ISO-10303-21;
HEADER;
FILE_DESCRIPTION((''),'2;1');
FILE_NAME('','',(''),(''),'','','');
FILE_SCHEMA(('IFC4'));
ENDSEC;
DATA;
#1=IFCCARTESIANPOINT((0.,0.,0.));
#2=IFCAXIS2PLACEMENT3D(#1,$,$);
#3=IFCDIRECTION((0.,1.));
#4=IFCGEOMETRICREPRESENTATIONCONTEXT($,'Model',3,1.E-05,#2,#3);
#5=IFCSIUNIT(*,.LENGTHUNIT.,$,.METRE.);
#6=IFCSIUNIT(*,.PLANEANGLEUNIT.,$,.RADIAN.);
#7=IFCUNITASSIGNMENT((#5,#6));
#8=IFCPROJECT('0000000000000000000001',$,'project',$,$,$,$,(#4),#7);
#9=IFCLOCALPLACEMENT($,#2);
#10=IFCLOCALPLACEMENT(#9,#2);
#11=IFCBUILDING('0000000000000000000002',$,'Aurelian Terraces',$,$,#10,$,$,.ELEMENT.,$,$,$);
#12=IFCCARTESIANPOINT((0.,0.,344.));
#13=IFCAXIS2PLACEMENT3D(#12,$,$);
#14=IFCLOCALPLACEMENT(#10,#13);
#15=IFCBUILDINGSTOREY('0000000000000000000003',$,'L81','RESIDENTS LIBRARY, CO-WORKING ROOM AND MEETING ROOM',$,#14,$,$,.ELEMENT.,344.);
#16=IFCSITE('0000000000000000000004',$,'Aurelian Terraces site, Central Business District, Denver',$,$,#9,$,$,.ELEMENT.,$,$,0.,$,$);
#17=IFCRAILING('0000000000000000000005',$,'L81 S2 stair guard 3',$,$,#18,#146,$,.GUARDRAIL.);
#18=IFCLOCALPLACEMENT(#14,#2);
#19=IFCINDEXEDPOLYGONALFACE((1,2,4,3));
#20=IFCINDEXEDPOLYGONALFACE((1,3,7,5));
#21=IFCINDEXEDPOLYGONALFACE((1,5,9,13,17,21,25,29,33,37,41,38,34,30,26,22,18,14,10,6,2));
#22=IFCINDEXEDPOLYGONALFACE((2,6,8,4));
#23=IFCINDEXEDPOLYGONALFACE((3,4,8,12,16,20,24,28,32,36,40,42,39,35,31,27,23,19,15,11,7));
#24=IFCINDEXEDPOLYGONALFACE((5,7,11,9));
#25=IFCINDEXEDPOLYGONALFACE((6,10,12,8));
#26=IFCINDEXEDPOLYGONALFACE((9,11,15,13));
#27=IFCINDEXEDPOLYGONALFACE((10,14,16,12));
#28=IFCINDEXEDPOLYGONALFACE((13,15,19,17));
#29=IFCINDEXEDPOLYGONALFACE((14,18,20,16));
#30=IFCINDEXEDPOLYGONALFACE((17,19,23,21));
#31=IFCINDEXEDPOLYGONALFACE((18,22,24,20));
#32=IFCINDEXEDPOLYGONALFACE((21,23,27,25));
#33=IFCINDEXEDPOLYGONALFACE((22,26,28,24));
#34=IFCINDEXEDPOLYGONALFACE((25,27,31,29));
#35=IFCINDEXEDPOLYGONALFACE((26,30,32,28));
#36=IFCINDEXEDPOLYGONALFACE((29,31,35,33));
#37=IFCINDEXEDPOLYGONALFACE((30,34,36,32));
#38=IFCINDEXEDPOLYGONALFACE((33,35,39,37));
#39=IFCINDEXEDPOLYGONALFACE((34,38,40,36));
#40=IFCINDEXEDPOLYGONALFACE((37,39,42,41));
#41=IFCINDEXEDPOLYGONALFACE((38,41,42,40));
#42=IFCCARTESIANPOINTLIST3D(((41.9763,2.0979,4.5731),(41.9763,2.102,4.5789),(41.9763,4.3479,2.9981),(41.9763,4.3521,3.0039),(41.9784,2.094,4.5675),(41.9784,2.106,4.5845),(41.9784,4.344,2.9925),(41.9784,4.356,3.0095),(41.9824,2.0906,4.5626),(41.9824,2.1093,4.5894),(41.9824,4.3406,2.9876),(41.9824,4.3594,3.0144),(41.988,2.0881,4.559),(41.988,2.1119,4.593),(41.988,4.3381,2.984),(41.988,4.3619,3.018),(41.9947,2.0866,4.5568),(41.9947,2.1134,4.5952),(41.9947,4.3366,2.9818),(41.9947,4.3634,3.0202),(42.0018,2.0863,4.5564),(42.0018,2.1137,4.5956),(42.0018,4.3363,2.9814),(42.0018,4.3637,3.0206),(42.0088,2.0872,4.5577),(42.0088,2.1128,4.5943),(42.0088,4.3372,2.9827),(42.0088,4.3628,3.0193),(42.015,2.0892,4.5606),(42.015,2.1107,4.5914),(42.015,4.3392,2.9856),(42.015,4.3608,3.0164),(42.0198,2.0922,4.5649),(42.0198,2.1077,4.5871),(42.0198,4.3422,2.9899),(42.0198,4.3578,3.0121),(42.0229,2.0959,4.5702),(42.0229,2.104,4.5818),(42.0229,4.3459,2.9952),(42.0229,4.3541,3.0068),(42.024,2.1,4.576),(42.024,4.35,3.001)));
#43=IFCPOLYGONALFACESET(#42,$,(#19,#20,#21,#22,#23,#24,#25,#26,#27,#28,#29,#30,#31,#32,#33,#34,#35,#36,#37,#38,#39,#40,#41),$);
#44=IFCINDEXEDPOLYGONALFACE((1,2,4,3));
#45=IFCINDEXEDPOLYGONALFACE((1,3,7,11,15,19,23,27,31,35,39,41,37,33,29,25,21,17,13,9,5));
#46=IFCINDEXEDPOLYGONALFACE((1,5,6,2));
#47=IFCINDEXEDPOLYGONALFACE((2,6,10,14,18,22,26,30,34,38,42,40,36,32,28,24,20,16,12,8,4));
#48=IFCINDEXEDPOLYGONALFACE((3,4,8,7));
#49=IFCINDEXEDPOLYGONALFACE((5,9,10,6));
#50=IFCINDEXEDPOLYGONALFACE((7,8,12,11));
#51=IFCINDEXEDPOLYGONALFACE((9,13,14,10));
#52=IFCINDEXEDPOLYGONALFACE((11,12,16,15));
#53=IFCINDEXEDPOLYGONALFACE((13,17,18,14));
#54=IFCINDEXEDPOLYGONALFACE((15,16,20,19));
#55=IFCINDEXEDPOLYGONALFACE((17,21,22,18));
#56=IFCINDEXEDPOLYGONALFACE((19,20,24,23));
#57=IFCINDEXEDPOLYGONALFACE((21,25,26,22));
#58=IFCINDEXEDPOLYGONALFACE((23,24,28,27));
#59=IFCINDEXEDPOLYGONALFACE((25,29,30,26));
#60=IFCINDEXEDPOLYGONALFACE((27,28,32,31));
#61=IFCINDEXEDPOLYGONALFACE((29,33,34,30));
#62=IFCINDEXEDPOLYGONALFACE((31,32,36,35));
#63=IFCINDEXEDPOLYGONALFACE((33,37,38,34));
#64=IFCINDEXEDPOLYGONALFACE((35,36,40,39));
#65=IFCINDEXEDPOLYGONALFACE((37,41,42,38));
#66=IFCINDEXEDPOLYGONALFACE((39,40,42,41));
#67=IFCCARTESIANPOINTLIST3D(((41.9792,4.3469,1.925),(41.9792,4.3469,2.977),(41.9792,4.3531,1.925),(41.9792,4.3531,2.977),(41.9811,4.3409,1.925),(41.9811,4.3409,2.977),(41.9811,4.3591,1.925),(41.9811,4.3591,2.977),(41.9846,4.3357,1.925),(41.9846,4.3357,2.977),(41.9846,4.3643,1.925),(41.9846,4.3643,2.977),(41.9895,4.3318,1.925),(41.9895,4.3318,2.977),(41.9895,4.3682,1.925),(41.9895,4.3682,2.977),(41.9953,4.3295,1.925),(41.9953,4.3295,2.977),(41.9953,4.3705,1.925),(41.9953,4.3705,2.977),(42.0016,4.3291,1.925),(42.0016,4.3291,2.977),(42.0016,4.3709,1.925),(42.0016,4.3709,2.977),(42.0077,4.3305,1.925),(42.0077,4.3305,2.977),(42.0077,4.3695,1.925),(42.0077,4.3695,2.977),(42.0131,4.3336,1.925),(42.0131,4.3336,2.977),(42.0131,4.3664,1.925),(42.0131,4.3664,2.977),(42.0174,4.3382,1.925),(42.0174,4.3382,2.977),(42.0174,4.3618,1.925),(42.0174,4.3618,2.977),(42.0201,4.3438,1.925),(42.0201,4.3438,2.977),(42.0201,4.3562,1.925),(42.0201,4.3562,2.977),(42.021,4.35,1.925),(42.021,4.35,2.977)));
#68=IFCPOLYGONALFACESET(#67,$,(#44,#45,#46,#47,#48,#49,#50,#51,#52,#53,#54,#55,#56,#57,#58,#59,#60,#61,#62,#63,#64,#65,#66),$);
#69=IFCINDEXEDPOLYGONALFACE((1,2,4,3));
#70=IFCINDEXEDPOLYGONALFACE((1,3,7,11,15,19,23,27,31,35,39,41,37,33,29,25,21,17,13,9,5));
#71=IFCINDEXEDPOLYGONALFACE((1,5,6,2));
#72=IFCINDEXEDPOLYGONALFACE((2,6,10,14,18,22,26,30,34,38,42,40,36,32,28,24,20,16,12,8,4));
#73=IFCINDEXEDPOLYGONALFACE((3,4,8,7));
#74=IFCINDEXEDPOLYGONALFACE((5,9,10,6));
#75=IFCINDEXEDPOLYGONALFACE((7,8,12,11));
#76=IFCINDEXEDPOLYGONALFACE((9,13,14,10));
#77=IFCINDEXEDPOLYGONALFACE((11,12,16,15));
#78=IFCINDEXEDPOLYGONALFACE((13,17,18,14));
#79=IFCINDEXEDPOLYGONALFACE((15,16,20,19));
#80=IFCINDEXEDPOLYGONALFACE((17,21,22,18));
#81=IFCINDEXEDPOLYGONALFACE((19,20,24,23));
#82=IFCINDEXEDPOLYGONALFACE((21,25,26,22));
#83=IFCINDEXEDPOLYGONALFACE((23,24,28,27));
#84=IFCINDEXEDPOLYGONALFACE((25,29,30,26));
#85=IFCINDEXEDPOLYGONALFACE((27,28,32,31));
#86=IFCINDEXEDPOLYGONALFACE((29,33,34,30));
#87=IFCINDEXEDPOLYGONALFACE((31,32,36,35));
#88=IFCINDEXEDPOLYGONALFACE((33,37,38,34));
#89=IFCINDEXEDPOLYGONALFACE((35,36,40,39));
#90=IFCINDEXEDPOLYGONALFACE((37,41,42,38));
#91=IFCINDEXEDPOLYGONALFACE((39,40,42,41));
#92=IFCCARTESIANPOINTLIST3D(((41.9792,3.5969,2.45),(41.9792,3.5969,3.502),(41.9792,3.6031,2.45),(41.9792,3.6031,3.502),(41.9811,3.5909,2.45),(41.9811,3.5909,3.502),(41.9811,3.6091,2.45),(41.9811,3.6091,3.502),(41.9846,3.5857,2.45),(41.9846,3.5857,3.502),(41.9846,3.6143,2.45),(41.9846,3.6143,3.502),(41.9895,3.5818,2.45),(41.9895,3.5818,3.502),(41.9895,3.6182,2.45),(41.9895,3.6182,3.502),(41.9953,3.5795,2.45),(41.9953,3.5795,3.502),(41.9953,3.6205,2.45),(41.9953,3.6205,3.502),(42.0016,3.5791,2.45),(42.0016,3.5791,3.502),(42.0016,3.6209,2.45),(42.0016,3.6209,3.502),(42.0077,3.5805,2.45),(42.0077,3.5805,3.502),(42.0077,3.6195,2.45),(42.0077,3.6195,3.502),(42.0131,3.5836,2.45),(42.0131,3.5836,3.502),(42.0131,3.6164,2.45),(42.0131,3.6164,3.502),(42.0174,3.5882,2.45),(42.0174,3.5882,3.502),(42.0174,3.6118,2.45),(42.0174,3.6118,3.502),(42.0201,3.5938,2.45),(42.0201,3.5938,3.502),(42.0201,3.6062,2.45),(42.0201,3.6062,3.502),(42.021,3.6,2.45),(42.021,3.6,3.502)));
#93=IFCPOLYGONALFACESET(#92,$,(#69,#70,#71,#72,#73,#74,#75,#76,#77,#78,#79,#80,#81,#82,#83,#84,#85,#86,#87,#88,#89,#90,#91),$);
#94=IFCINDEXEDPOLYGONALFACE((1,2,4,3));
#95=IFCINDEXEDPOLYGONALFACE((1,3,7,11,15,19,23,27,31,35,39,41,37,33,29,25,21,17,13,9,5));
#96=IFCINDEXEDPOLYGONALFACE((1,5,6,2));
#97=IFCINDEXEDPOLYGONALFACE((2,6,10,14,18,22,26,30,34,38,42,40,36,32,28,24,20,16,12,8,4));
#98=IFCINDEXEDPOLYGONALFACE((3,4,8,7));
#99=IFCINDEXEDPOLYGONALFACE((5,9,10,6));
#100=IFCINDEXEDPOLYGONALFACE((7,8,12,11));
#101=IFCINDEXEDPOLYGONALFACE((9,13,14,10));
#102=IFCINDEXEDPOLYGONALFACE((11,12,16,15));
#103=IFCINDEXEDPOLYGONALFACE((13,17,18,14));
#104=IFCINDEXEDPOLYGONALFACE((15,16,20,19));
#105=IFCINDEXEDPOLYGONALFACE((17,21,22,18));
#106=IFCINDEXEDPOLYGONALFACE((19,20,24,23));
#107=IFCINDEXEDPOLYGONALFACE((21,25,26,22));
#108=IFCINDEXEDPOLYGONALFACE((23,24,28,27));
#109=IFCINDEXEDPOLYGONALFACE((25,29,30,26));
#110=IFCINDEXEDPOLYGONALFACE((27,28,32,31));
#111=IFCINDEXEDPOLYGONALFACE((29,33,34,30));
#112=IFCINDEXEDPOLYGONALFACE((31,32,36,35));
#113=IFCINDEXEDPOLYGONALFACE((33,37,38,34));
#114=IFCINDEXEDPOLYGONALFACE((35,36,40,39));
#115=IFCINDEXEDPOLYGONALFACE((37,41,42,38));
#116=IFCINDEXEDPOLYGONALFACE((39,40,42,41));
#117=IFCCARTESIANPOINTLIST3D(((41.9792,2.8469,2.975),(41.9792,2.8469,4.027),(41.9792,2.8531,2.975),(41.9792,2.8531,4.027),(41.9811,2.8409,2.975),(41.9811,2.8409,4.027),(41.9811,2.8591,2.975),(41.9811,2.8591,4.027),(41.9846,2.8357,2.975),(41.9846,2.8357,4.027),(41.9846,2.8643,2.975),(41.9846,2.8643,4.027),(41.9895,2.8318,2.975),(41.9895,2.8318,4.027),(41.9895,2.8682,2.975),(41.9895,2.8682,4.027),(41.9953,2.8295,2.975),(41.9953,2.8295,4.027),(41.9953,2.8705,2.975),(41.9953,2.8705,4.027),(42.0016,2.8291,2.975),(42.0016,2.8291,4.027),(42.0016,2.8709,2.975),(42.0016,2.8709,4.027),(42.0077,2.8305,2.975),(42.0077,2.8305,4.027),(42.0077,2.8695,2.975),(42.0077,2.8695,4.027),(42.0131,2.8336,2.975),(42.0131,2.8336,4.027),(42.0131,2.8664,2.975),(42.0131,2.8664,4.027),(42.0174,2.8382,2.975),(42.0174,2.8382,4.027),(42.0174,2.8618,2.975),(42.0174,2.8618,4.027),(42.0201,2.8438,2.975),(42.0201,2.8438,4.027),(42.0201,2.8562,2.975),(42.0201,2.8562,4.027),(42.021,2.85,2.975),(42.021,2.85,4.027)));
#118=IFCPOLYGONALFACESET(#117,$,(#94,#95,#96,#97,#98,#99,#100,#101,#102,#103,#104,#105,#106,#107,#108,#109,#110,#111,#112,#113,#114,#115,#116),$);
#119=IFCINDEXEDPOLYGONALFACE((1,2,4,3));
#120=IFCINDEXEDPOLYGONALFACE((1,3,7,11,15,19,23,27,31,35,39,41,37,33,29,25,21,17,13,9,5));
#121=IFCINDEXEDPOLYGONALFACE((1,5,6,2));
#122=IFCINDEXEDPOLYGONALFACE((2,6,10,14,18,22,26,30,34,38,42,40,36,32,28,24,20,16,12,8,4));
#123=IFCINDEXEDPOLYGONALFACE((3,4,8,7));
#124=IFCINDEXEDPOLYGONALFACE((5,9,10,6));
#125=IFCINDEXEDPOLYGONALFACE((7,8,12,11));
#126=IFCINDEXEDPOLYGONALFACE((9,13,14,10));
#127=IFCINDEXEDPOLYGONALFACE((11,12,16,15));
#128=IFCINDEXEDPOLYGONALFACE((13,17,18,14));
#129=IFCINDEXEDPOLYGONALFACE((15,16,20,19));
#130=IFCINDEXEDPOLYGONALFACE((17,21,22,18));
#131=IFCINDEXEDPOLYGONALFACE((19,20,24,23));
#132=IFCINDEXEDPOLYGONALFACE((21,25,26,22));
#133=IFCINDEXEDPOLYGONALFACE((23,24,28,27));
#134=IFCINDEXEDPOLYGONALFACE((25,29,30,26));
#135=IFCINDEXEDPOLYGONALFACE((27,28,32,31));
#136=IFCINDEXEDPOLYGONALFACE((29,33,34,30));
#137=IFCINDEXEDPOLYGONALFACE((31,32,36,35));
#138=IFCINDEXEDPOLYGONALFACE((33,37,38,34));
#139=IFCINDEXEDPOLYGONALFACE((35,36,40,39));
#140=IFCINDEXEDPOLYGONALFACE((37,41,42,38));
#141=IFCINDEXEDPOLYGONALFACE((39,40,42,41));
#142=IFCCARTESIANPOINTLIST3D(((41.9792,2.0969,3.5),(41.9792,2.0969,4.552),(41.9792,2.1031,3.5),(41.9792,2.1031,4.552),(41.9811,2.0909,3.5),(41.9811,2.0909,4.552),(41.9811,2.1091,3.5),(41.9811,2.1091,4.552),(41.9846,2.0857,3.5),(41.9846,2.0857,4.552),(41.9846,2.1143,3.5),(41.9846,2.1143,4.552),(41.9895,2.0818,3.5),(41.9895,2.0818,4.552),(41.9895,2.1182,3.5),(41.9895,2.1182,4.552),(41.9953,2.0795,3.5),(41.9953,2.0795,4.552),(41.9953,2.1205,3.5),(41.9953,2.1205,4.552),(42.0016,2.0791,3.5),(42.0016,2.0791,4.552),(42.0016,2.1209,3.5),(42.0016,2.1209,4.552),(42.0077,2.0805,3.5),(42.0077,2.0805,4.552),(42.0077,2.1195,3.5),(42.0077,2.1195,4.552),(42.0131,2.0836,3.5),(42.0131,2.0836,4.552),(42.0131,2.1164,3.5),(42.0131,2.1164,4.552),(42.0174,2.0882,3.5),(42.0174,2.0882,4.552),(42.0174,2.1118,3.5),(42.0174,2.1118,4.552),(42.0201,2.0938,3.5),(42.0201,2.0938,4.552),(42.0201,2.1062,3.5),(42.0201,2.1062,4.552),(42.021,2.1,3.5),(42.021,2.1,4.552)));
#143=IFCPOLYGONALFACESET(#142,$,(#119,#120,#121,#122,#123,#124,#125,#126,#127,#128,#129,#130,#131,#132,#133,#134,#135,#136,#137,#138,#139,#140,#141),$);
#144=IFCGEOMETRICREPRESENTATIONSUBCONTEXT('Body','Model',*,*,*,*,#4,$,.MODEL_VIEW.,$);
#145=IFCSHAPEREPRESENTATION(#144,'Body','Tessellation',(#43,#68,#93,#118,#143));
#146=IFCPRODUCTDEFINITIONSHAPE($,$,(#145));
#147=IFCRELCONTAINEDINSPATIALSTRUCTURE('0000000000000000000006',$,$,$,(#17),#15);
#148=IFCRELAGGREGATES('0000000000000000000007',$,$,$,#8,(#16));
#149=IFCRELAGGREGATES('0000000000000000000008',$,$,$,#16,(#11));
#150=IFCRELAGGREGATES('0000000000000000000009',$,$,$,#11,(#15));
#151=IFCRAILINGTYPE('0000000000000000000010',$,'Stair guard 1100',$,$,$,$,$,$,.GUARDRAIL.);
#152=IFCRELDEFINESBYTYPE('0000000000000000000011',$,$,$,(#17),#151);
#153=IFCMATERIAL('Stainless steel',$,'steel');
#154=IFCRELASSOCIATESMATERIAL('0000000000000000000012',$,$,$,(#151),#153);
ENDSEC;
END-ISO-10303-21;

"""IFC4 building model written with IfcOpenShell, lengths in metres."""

from ifc_helpers import new_model, si_unit, direction, frame, origin, origin_2d, place, context, subcontext, project, spatial, circle, extrude, source, transform, mapped, material, type_object, element, save


model = new_model("IFC4")

# Units and contexts
model_context = context("Model", 3, precision=1e-05, world=origin(), true_north=direction((0.0, 1.0)))
body_context = subcontext(model_context, "Body", "Model", "MODEL_VIEW")
ifc_project = project(units=[si_unit("LENGTHUNIT", "METRE"), si_unit("PLANEANGLEUNIT", "RADIAN")], contexts=[model_context])

# Site, building, storey
site_placement = place(None, origin())
site = spatial("IfcSite", under=ifc_project, at=site_placement, Name="Aurelian Terraces site, Central Business District, Denver", CompositionType="ELEMENT", RefElevation=0.0)
building_placement = place(site_placement, origin())
building = spatial("IfcBuilding", under=site, at=building_placement, Name="Aurelian Terraces", CompositionType="ELEMENT")
storey_placement = place(building_placement, frame((0.0, 0.0, 344.0)))
storey = spatial("IfcBuildingStorey", under=building, at=storey_placement, Name="L81", Description="RESIDENTS LIBRARY, CO-WORKING ROOM AND MEETING ROOM", CompositionType="ELEMENT", Elevation=344.0)

# Railing
ifc_material_1 = material(Name="Stainless steel", Category="steel")
railing_type_1 = type_object("IfcRailingType", Name="Stair guard 1100", PredefinedType="GUARDRAIL", material=ifc_material_1)
shared_shape_1 = source(origin(), body_context, "Body", "SweptSolid", [
    extrude(circle(Radius=0.024, at=origin_2d()), frame((0.0, 0.0, 1.076), z_axis=(0.0, -0.819232, 0.573462), x_axis=(1.0, 0.0, 0.0)), (0.0, 0.0, 1.0), 2.7465),
    extrude(circle(Radius=0.021, at=origin_2d()), origin(), (0.0, 0.0, 1.0), 1.052),
    extrude(circle(Radius=0.021, at=origin_2d()), frame((0.0, -0.75, 0.525)), (0.0, 0.0, 1.0), 1.052),
    extrude(circle(Radius=0.021, at=origin_2d()), frame((0.0, -1.5, 1.05)), (0.0, 0.0, 1.0), 1.052),
    extrude(circle(Radius=0.021, at=origin_2d()), frame((0.0, -2.25, 1.575)), (0.0, 0.0, 1.0), 1.052),
])
railing_1_placement = place(storey_placement, frame((42.0, 4.35, 1.925)))
element("IfcRailing", 1, at=railing_1_placement, inside=storey, type_object=railing_type_1, Name="L81 S2 stair guard 3", PredefinedType="GUARDRAIL", context=body_context, shape_type="MappedRepresentation", body=[
    mapped(shared_shape_1, transform((0.0, 0.0, 0.0), scale=1.0)),
])

save(model, "model.ifc")
